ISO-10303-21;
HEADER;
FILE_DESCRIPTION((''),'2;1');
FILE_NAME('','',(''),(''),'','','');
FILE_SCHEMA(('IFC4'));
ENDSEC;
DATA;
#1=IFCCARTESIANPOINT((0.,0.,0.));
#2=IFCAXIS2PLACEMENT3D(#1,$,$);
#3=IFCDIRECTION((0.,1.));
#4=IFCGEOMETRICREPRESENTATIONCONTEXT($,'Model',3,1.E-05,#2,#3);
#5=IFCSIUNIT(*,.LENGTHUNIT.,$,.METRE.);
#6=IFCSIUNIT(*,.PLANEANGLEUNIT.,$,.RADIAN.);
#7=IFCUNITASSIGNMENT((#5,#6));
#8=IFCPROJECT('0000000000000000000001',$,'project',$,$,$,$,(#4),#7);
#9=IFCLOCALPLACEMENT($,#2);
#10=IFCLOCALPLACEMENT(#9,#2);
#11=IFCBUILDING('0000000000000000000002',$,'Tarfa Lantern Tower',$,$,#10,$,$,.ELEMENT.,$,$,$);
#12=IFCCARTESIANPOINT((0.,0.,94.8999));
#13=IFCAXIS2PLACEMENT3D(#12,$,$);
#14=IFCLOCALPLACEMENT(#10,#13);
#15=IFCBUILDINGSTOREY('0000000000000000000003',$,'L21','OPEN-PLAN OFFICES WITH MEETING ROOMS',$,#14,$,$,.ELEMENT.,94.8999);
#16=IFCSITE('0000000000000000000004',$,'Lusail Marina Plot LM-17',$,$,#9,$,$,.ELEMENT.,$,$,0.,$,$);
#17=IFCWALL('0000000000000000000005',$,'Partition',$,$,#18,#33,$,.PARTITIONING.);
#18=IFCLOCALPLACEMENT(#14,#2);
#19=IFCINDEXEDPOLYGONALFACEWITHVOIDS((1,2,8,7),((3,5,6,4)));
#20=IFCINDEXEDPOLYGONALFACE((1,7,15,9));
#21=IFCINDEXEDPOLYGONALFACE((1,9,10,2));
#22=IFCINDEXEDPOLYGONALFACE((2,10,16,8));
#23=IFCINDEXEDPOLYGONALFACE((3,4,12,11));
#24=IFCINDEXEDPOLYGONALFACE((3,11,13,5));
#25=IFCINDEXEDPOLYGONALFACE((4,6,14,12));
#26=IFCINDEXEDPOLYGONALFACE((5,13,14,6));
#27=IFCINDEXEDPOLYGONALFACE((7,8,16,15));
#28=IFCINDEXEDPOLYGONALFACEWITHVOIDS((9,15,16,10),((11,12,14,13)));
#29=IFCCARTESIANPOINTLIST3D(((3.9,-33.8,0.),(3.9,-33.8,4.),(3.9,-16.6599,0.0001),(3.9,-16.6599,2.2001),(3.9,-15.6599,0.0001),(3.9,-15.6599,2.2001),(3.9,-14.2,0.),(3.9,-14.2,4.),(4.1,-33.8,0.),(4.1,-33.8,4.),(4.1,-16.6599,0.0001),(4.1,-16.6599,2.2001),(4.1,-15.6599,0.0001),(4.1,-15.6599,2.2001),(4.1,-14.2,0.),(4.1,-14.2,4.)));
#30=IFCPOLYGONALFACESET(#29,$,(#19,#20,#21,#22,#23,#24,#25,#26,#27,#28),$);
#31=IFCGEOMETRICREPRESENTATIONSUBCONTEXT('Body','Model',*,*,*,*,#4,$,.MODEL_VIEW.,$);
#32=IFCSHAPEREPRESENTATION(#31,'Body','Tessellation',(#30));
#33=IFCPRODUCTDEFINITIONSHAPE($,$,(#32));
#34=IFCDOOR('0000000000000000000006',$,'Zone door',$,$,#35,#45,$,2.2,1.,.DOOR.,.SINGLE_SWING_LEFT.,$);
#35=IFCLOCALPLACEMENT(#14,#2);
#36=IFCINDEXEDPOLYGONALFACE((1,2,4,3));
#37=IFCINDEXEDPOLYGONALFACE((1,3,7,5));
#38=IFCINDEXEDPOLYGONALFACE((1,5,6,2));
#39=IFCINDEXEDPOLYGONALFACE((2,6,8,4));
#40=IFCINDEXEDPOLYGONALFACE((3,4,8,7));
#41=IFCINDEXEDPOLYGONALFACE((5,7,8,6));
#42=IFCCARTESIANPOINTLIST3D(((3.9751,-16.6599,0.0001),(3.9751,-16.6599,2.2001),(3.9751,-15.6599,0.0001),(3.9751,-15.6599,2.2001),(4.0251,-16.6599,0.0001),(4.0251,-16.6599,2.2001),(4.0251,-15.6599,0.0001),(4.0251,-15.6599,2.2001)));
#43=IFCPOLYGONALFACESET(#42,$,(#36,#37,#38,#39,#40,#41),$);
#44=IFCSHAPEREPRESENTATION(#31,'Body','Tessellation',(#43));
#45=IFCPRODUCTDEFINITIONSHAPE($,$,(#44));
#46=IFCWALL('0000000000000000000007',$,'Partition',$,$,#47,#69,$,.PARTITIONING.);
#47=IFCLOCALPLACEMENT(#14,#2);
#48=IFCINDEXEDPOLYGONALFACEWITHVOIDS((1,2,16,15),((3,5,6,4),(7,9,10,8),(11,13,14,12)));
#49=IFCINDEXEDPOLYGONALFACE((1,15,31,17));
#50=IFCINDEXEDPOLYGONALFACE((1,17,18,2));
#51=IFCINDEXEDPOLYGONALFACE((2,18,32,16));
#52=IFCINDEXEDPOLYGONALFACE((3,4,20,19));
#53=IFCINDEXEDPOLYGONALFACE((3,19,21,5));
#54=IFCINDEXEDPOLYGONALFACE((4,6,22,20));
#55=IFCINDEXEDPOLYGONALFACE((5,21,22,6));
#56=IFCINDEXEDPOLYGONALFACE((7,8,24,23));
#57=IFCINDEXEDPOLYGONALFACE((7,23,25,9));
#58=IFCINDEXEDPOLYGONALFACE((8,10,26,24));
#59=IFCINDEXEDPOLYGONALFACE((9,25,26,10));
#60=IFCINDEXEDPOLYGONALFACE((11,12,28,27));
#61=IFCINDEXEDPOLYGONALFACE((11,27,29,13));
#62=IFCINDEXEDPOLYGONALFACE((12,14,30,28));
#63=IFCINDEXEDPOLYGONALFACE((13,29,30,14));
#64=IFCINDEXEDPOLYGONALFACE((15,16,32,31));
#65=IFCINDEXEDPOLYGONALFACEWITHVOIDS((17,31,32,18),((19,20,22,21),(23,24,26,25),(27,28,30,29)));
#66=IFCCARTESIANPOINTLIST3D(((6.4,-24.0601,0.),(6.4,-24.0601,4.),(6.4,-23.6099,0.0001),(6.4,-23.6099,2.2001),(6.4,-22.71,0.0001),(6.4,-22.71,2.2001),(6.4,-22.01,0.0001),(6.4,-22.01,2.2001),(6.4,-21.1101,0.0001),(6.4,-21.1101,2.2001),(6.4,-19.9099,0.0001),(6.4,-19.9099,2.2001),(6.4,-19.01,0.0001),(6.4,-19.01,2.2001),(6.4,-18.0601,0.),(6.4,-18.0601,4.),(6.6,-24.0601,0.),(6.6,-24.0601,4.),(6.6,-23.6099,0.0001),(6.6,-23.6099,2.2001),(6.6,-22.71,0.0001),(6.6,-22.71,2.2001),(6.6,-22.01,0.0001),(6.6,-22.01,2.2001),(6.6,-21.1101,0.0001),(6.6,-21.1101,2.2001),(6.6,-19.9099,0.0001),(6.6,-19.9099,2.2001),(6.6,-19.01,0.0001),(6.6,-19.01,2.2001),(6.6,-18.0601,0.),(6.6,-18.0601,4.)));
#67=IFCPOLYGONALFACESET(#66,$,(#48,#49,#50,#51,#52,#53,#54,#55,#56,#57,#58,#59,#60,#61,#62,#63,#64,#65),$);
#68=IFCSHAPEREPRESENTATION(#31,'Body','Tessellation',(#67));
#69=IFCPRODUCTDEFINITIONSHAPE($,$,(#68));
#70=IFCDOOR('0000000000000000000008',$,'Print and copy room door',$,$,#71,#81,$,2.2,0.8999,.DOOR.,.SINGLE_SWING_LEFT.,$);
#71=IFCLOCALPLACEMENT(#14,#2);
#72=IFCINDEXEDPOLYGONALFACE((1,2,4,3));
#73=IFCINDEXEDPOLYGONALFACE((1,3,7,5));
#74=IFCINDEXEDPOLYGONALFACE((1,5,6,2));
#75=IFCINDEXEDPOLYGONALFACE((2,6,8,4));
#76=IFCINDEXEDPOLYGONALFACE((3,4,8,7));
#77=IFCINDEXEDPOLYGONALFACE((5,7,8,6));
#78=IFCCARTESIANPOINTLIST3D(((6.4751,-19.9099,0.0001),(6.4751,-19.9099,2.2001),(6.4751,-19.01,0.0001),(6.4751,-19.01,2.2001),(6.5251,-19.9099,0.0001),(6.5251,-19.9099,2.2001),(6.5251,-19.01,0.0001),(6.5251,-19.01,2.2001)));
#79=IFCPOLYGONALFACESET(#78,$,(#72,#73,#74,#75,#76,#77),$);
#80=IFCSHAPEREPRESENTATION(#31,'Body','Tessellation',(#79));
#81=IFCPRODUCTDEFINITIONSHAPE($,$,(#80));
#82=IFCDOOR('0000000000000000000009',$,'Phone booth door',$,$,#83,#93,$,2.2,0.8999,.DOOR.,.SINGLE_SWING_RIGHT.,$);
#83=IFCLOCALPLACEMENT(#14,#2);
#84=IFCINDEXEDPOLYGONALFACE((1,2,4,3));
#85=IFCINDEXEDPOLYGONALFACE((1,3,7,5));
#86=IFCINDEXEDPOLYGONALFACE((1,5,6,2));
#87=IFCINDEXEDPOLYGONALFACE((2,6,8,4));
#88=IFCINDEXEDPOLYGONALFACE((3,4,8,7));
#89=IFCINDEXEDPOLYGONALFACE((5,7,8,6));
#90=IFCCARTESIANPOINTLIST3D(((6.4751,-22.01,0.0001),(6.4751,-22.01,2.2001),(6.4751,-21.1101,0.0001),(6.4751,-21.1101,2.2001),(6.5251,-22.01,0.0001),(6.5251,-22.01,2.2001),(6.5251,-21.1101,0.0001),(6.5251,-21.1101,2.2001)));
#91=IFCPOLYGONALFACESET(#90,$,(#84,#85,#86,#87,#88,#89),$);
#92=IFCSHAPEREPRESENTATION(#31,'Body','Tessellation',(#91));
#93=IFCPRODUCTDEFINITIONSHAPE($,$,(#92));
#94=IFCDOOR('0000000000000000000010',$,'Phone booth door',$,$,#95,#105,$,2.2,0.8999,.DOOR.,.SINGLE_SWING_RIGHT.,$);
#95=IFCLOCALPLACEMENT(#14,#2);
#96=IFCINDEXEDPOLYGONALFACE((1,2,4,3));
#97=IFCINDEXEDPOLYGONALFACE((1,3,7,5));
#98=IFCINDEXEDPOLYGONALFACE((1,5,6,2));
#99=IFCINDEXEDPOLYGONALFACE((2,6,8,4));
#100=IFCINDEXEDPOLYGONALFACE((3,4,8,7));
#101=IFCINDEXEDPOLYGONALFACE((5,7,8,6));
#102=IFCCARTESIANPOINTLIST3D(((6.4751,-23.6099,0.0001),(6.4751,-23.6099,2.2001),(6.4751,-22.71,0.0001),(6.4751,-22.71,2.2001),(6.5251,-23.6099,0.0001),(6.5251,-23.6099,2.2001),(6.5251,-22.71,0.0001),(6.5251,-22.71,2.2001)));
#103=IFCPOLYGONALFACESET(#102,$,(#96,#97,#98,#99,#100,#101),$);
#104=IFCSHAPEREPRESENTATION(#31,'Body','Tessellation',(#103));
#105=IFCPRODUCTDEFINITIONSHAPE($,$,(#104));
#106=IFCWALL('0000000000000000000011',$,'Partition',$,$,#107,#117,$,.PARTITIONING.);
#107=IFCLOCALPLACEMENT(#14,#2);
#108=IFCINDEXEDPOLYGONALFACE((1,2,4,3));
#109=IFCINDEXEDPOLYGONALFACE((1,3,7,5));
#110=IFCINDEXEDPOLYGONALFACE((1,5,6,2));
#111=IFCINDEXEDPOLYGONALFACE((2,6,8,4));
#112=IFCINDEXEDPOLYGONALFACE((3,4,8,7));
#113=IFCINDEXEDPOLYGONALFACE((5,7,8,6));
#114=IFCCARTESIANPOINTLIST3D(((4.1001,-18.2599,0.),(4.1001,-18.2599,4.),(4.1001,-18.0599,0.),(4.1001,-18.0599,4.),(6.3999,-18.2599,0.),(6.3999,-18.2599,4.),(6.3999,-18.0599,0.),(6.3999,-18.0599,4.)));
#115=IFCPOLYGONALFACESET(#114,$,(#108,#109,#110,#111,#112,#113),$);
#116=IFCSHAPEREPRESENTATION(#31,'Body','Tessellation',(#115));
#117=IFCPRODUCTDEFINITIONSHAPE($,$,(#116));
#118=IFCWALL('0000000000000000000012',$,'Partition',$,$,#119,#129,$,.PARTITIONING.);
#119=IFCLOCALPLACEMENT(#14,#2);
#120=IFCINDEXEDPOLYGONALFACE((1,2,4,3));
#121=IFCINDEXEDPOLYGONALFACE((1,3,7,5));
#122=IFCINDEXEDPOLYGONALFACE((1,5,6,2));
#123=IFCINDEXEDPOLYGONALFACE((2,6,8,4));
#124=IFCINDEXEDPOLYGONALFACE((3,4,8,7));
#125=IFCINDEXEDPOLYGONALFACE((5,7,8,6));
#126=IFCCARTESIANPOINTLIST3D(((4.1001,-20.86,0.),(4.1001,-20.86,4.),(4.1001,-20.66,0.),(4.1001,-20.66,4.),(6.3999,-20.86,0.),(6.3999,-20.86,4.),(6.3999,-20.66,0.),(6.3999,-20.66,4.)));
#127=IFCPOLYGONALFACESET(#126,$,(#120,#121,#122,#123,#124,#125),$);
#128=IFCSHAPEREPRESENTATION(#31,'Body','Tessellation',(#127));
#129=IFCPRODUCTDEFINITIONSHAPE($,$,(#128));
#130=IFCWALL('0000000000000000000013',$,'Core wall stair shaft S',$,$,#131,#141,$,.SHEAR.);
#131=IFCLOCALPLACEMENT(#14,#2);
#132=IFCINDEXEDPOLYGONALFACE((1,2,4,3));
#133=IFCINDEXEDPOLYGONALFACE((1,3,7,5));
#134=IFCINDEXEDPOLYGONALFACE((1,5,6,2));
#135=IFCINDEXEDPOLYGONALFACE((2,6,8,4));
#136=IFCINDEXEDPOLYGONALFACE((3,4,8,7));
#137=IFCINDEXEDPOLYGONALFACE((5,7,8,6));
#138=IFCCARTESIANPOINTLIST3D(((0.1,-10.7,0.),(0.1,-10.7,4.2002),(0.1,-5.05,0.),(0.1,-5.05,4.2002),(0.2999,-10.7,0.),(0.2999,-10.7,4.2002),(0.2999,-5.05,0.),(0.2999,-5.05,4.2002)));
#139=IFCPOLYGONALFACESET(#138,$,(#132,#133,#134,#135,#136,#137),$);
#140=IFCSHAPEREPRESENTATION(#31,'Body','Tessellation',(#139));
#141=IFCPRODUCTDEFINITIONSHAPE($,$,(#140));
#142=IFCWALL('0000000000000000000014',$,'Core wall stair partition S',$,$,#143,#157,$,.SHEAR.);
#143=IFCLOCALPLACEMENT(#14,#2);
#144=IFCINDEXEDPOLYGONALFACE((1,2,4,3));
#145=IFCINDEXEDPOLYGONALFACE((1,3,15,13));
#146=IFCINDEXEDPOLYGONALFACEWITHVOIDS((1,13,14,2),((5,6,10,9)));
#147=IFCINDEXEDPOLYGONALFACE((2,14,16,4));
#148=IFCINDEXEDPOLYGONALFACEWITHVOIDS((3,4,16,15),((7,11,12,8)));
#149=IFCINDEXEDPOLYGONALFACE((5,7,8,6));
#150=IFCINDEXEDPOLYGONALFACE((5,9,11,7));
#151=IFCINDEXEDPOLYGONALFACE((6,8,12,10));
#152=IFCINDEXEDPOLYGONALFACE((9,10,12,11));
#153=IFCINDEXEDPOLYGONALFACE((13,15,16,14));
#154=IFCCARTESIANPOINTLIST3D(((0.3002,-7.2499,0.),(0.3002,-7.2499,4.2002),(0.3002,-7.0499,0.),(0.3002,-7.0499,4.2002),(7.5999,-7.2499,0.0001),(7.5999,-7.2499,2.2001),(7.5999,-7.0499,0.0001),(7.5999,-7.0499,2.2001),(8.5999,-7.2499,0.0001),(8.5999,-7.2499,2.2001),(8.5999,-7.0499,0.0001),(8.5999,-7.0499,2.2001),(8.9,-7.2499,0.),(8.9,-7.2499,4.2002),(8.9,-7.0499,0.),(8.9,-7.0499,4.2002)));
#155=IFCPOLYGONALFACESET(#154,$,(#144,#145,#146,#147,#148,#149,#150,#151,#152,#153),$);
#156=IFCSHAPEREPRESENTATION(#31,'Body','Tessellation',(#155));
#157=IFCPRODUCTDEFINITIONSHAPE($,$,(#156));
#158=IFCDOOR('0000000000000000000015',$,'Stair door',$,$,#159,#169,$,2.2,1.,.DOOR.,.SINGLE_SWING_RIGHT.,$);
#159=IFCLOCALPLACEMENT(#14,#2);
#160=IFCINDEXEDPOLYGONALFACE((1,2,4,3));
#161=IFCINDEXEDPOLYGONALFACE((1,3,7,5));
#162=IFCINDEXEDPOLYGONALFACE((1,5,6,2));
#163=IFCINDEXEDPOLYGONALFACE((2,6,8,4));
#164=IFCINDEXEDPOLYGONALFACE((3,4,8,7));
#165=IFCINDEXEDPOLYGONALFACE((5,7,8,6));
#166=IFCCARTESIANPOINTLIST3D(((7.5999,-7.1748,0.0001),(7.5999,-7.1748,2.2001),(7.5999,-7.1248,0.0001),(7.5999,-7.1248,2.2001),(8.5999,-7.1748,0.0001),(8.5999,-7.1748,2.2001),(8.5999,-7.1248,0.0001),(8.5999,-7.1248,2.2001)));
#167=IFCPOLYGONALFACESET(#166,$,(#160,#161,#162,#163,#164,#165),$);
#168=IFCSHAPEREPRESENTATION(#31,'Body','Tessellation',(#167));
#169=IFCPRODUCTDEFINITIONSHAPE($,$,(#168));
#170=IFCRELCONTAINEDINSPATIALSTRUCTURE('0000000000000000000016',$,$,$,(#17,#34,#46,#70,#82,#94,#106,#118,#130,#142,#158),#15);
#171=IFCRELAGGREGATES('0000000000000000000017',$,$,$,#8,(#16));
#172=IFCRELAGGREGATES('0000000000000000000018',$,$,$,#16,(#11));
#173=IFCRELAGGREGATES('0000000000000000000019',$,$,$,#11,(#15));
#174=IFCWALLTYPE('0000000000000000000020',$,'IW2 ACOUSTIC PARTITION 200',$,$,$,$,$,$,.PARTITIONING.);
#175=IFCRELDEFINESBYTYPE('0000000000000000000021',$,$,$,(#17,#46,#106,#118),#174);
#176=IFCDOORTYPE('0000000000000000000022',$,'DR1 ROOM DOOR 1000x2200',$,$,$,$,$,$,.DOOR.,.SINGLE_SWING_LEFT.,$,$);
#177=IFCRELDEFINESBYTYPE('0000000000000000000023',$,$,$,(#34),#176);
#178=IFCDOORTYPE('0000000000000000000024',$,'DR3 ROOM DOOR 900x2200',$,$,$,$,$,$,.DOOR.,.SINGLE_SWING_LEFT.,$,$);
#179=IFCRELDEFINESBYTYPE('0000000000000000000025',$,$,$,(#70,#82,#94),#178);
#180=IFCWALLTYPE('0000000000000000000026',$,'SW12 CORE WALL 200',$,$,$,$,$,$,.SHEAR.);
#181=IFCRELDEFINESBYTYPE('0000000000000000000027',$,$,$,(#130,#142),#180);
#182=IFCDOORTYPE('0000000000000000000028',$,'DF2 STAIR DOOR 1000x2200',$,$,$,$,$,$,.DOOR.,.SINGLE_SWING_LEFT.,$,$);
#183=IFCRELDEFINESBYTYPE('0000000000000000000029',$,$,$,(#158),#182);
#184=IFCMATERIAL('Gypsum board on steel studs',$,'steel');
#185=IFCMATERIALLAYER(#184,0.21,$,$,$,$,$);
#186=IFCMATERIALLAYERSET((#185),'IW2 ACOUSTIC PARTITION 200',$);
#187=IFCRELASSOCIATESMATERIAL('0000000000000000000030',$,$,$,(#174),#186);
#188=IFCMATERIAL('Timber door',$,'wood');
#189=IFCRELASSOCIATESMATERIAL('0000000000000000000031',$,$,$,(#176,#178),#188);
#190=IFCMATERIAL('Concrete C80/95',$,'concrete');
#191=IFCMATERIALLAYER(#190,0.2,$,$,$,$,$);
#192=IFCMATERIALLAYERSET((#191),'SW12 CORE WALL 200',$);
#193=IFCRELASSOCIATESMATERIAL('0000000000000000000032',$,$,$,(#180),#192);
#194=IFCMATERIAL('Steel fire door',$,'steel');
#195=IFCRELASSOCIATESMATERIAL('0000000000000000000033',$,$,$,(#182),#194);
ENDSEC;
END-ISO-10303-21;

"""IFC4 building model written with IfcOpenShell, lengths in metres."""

from ifc_helpers import new_model, si_unit, direction, frame, frame_2d, origin, place, context, subcontext, project, spatial, rectangle, extrude, material, layer, layer_set, type_object, element, fill, save


model = new_model("IFC4")

# Units and contexts
model_context = context("Model", 3, precision=1e-05, world=origin(), true_north=direction((0.0, 1.0)))
body_context = subcontext(model_context, "Body", "Model", "MODEL_VIEW")
ifc_project = project(units=[si_unit("LENGTHUNIT", "METRE"), si_unit("PLANEANGLEUNIT", "RADIAN")], contexts=[model_context])

# Site, building, storey
site_placement = place(None, origin())
site = spatial("IfcSite", under=ifc_project, at=site_placement, Name="Lusail Marina Plot LM-17", CompositionType="ELEMENT", RefElevation=0.0)
building_placement = place(site_placement, origin())
building = spatial("IfcBuilding", under=site, at=building_placement, Name="Tarfa Lantern Tower", CompositionType="ELEMENT")
storey_placement = place(building_placement, frame((0.0, 0.0, 94.8999)))
storey = spatial("IfcBuildingStorey", under=building, at=storey_placement, Name="L21", Description="OPEN-PLAN OFFICES WITH MEETING ROOMS", CompositionType="ELEMENT", Elevation=94.8999)

# Wall, opening, door
ifc_material_1 = material(Name="Gypsum board on steel studs", Category="steel")
ifc_layer_1 = layer(ifc_material_1, 0.21)
ifc_layer_set_1 = layer_set([ifc_layer_1], Name="IW2 ACOUSTIC PARTITION 200")
wall_type_1 = type_object("IfcWallType", Name="IW2 ACOUSTIC PARTITION 200", PredefinedType="PARTITIONING", material=ifc_layer_set_1)
wall_1_placement = place(storey_placement, frame((4.0, -14.2, 0.0), z_axis=(0.0, 0.0, 1.0), x_axis=(0.0, -1.0, 0.0)))
wall_1 = element("IfcWall", 1, at=wall_1_placement, inside=storey, type_object=wall_type_1, Name="Partition", PredefinedType="PARTITIONING", context=body_context, shape_type="SweptSolid", body=[
    extrude(rectangle(XDim=19.6001, YDim=0.2, at=frame_2d((9.8, 0.0))), origin(), (0.0, 0.0, 1.0), 4.0),
])
opening_1_placement = place(wall_1_placement, frame((1.46, 0.0, 0.0)))
opening_1 = element("IfcOpeningElement", 2, at=opening_1_placement, cuts=wall_1, PredefinedType="OPENING", context=body_context, shape_type="SweptSolid", body=[
    extrude(rectangle(XDim=1.0, YDim=2.2, at=frame_2d((0.5, 1.1001))), frame((0.0, 0.1099, 0.0), z_axis=(0.0, -1.0, 0.0), x_axis=(1.0, 0.0, 0.0)), (0.0, 0.0, 1.0), 0.22),
])
ifc_material_2 = material(Name="Timber door", Category="wood")
door_type_1 = type_object("IfcDoorType", Name="DR1 ROOM DOOR 1000x2200", OperationType="SINGLE_SWING_LEFT", PredefinedType="DOOR", material=ifc_material_2)
door_1_placement = place(opening_1_placement, frame((1.0, 0.0, 0.0), z_axis=(0.0, 0.0, 1.0), x_axis=(-1.0, 0.0, 0.0)))
door_1 = element("IfcDoor", 3, at=door_1_placement, inside=storey, type_object=door_type_1, Name="Zone door", OperationType="SINGLE_SWING_LEFT", OverallHeight=2.2, OverallWidth=1.0, PredefinedType="DOOR", context=body_context, shape_type="SweptSolid", body=[
    extrude(rectangle(XDim=1.0, YDim=2.2, at=frame_2d((0.5, 1.1001))), frame((0.0, 0.0249, 0.0), z_axis=(0.0, -1.0, 0.0), x_axis=(1.0, 0.0, 0.0)), (0.0, 0.0, 1.0), 0.05),
])
fill(opening_1, door_1)

# Wall, openings, doors
wall_2_placement = place(storey_placement, frame((6.5, -18.0601, 0.0), z_axis=(0.0, 0.0, 1.0), x_axis=(0.0, -1.0, 0.0)))
wall_2 = element("IfcWall", 4, at=wall_2_placement, inside=storey, type_object=wall_type_1, Name="Partition", PredefinedType="PARTITIONING", context=body_context, shape_type="SweptSolid", body=[
    extrude(rectangle(XDim=6.0, YDim=0.2, at=frame_2d((3.0, 0.0))), origin(), (0.0, 0.0, 1.0), 4.0),
])
opening_2_placement = place(wall_2_placement, frame((0.95, 0.0, 0.0)))
opening_2 = element("IfcOpeningElement", 5, at=opening_2_placement, cuts=wall_2, PredefinedType="OPENING", context=body_context, shape_type="SweptSolid", body=[
    extrude(rectangle(XDim=0.8999, YDim=2.2, at=frame_2d((0.45, 1.1001))), frame((0.0, 0.1099, 0.0), z_axis=(0.0, -1.0, 0.0), x_axis=(1.0, 0.0, 0.0)), (0.0, 0.0, 1.0), 0.22),
])
opening_3_placement = place(wall_2_placement, frame((3.05, 0.0, 0.0)))
opening_3 = element("IfcOpeningElement", 6, at=opening_3_placement, cuts=wall_2, PredefinedType="OPENING", context=body_context, shape_type="SweptSolid", body=[
    extrude(rectangle(XDim=0.8999, YDim=2.2, at=frame_2d((0.45, 1.1001))), frame((0.0, 0.1099, 0.0), z_axis=(0.0, -1.0, 0.0), x_axis=(1.0, 0.0, 0.0)), (0.0, 0.0, 1.0), 0.22),
])
opening_4_placement = place(wall_2_placement, frame((4.6499, 0.0, 0.0)))
opening_4 = element("IfcOpeningElement", 7, at=opening_4_placement, cuts=wall_2, PredefinedType="OPENING", context=body_context, shape_type="SweptSolid", body=[
    extrude(rectangle(XDim=0.8999, YDim=2.2, at=frame_2d((0.45, 1.1001))), frame((0.0, 0.1099, 0.0), z_axis=(0.0, -1.0, 0.0), x_axis=(1.0, 0.0, 0.0)), (0.0, 0.0, 1.0), 0.22),
])
door_type_2 = type_object("IfcDoorType", Name="DR3 ROOM DOOR 900x2200", OperationType="SINGLE_SWING_LEFT", PredefinedType="DOOR", material=ifc_material_2)
door_2_placement = place(opening_2_placement, frame((0.8999, 0.0, 0.0), z_axis=(0.0, 0.0, 1.0), x_axis=(-1.0, 0.0, 0.0)))
door_2 = element("IfcDoor", 8, at=door_2_placement, inside=storey, type_object=door_type_2, Name="Print and copy room door", OperationType="SINGLE_SWING_LEFT", OverallHeight=2.2, OverallWidth=0.8999, PredefinedType="DOOR", context=body_context, shape_type="SweptSolid", body=[
    extrude(rectangle(XDim=0.8999, YDim=2.2, at=frame_2d((0.45, 1.1001))), frame((0.0, 0.0249, 0.0), z_axis=(0.0, -1.0, 0.0), x_axis=(1.0, 0.0, 0.0)), (0.0, 0.0, 1.0), 0.05),
])
fill(opening_2, door_2)
door_3_placement = place(opening_3_placement, frame((0.8999, 0.0, 0.0), z_axis=(0.0, 0.0, 1.0), x_axis=(-1.0, 0.0, 0.0)))
door_3 = element("IfcDoor", 9, at=door_3_placement, inside=storey, type_object=door_type_2, Name="Phone booth door", OperationType="SINGLE_SWING_RIGHT", OverallHeight=2.2, OverallWidth=0.8999, PredefinedType="DOOR", context=body_context, shape_type="SweptSolid", body=[
    extrude(rectangle(XDim=0.8999, YDim=2.2, at=frame_2d((0.45, 1.1001))), frame((0.0, 0.0249, 0.0), z_axis=(0.0, -1.0, 0.0), x_axis=(1.0, 0.0, 0.0)), (0.0, 0.0, 1.0), 0.05),
])
fill(opening_3, door_3)
door_4_placement = place(opening_4_placement, frame((0.8999, 0.0, 0.0), z_axis=(0.0, 0.0, 1.0), x_axis=(-1.0, 0.0, 0.0)))
door_4 = element("IfcDoor", 10, at=door_4_placement, inside=storey, type_object=door_type_2, Name="Phone booth door", OperationType="SINGLE_SWING_RIGHT", OverallHeight=2.2, OverallWidth=0.8999, PredefinedType="DOOR", context=body_context, shape_type="SweptSolid", body=[
    extrude(rectangle(XDim=0.8999, YDim=2.2, at=frame_2d((0.45, 1.1001))), frame((0.0, 0.0249, 0.0), z_axis=(0.0, -1.0, 0.0), x_axis=(1.0, 0.0, 0.0)), (0.0, 0.0, 1.0), 0.05),
])
fill(opening_4, door_4)

# Walls
for number, where, z_axis, x_axis, name in (
    (11, (4.1001, -18.1599, 0.0), (0.0, 0.0, 1.0), (1.0, 0.0, 0.0), "Partition"),
    (12, (4.1001, -20.76, 0.0), (0.0, 0.0, 1.0), (1.0, 0.0, 0.0), "Partition"),
):
    element("IfcWall", number, at=place(storey_placement, frame(where, z_axis=z_axis, x_axis=x_axis)), inside=storey, type_object=wall_type_1, Name=name, PredefinedType="PARTITIONING", context=body_context, shape_type="SweptSolid", body=[
        extrude(rectangle(XDim=2.2998, YDim=0.2, at=frame_2d((1.1499, 0.0))), origin(), (0.0, 0.0, 1.0), 4.0),
    ])
ifc_material_3 = material(Name="Concrete C80/95", Category="concrete")
ifc_layer_2 = layer(ifc_material_3, 0.2)
ifc_layer_set_2 = layer_set([ifc_layer_2], Name="SW12 CORE WALL 200")
wall_type_2 = type_object("IfcWallType", Name="SW12 CORE WALL 200", PredefinedType="SHEAR", material=ifc_layer_set_2)
wall_3_placement = place(storey_placement, frame((0.2, -5.05, 0.0), z_axis=(0.0, 0.0, 1.0), x_axis=(0.0, -1.0, 0.0)))
element("IfcWall", 13, at=wall_3_placement, inside=storey, type_object=wall_type_2, Name="Core wall stair shaft S", PredefinedType="SHEAR", context=body_context, shape_type="SweptSolid", body=[
    extrude(rectangle(XDim=5.6499, YDim=0.2, at=frame_2d((2.825, 0.0))), origin(), (0.0, 0.0, 1.0), 4.2002),
])

# Wall, opening, door
wall_4_placement = place(storey_placement, frame((8.8999, -7.1499, 0.0), z_axis=(0.0, 0.0, 1.0), x_axis=(-1.0, 0.0, 0.0)))
wall_4 = element("IfcWall", 14, at=wall_4_placement, inside=storey, type_object=wall_type_2, Name="Core wall stair partition S", PredefinedType="SHEAR", context=body_context, shape_type="SweptSolid", body=[
    extrude(rectangle(XDim=8.5999, YDim=0.2, at=frame_2d((4.2998, 0.0))), origin(), (0.0, 0.0, 1.0), 4.2002),
])
opening_5_placement = place(wall_4_placement, frame((0.3, 0.0, 0.0)))
opening_5 = element("IfcOpeningElement", 15, at=opening_5_placement, cuts=wall_4, PredefinedType="OPENING", context=body_context, shape_type="SweptSolid", body=[
    extrude(rectangle(XDim=1.0, YDim=2.2, at=frame_2d((0.5, 1.1001))), frame((0.0, 0.1099, 0.0), z_axis=(0.0, -1.0, 0.0), x_axis=(1.0, 0.0, 0.0)), (0.0, 0.0, 1.0), 0.22),
])
ifc_material_4 = material(Name="Steel fire door", Category="steel")
door_type_3 = type_object("IfcDoorType", Name="DF2 STAIR DOOR 1000x2200", OperationType="SINGLE_SWING_LEFT", PredefinedType="DOOR", material=ifc_material_4)
door_5_placement = place(opening_5_placement, origin())
door_5 = element("IfcDoor", 16, at=door_5_placement, inside=storey, type_object=door_type_3, Name="Stair door", OperationType="SINGLE_SWING_RIGHT", OverallHeight=2.2, OverallWidth=1.0, PredefinedType="DOOR", context=body_context, shape_type="SweptSolid", body=[
    extrude(rectangle(XDim=1.0, YDim=2.2, at=frame_2d((0.5, 1.1001))), frame((0.0, 0.0249, 0.0), z_axis=(0.0, -1.0, 0.0), x_axis=(1.0, 0.0, 0.0)), (0.0, 0.0, 1.0), 0.05),
])
fill(opening_5, door_5)

save(model, "model.ifc")
